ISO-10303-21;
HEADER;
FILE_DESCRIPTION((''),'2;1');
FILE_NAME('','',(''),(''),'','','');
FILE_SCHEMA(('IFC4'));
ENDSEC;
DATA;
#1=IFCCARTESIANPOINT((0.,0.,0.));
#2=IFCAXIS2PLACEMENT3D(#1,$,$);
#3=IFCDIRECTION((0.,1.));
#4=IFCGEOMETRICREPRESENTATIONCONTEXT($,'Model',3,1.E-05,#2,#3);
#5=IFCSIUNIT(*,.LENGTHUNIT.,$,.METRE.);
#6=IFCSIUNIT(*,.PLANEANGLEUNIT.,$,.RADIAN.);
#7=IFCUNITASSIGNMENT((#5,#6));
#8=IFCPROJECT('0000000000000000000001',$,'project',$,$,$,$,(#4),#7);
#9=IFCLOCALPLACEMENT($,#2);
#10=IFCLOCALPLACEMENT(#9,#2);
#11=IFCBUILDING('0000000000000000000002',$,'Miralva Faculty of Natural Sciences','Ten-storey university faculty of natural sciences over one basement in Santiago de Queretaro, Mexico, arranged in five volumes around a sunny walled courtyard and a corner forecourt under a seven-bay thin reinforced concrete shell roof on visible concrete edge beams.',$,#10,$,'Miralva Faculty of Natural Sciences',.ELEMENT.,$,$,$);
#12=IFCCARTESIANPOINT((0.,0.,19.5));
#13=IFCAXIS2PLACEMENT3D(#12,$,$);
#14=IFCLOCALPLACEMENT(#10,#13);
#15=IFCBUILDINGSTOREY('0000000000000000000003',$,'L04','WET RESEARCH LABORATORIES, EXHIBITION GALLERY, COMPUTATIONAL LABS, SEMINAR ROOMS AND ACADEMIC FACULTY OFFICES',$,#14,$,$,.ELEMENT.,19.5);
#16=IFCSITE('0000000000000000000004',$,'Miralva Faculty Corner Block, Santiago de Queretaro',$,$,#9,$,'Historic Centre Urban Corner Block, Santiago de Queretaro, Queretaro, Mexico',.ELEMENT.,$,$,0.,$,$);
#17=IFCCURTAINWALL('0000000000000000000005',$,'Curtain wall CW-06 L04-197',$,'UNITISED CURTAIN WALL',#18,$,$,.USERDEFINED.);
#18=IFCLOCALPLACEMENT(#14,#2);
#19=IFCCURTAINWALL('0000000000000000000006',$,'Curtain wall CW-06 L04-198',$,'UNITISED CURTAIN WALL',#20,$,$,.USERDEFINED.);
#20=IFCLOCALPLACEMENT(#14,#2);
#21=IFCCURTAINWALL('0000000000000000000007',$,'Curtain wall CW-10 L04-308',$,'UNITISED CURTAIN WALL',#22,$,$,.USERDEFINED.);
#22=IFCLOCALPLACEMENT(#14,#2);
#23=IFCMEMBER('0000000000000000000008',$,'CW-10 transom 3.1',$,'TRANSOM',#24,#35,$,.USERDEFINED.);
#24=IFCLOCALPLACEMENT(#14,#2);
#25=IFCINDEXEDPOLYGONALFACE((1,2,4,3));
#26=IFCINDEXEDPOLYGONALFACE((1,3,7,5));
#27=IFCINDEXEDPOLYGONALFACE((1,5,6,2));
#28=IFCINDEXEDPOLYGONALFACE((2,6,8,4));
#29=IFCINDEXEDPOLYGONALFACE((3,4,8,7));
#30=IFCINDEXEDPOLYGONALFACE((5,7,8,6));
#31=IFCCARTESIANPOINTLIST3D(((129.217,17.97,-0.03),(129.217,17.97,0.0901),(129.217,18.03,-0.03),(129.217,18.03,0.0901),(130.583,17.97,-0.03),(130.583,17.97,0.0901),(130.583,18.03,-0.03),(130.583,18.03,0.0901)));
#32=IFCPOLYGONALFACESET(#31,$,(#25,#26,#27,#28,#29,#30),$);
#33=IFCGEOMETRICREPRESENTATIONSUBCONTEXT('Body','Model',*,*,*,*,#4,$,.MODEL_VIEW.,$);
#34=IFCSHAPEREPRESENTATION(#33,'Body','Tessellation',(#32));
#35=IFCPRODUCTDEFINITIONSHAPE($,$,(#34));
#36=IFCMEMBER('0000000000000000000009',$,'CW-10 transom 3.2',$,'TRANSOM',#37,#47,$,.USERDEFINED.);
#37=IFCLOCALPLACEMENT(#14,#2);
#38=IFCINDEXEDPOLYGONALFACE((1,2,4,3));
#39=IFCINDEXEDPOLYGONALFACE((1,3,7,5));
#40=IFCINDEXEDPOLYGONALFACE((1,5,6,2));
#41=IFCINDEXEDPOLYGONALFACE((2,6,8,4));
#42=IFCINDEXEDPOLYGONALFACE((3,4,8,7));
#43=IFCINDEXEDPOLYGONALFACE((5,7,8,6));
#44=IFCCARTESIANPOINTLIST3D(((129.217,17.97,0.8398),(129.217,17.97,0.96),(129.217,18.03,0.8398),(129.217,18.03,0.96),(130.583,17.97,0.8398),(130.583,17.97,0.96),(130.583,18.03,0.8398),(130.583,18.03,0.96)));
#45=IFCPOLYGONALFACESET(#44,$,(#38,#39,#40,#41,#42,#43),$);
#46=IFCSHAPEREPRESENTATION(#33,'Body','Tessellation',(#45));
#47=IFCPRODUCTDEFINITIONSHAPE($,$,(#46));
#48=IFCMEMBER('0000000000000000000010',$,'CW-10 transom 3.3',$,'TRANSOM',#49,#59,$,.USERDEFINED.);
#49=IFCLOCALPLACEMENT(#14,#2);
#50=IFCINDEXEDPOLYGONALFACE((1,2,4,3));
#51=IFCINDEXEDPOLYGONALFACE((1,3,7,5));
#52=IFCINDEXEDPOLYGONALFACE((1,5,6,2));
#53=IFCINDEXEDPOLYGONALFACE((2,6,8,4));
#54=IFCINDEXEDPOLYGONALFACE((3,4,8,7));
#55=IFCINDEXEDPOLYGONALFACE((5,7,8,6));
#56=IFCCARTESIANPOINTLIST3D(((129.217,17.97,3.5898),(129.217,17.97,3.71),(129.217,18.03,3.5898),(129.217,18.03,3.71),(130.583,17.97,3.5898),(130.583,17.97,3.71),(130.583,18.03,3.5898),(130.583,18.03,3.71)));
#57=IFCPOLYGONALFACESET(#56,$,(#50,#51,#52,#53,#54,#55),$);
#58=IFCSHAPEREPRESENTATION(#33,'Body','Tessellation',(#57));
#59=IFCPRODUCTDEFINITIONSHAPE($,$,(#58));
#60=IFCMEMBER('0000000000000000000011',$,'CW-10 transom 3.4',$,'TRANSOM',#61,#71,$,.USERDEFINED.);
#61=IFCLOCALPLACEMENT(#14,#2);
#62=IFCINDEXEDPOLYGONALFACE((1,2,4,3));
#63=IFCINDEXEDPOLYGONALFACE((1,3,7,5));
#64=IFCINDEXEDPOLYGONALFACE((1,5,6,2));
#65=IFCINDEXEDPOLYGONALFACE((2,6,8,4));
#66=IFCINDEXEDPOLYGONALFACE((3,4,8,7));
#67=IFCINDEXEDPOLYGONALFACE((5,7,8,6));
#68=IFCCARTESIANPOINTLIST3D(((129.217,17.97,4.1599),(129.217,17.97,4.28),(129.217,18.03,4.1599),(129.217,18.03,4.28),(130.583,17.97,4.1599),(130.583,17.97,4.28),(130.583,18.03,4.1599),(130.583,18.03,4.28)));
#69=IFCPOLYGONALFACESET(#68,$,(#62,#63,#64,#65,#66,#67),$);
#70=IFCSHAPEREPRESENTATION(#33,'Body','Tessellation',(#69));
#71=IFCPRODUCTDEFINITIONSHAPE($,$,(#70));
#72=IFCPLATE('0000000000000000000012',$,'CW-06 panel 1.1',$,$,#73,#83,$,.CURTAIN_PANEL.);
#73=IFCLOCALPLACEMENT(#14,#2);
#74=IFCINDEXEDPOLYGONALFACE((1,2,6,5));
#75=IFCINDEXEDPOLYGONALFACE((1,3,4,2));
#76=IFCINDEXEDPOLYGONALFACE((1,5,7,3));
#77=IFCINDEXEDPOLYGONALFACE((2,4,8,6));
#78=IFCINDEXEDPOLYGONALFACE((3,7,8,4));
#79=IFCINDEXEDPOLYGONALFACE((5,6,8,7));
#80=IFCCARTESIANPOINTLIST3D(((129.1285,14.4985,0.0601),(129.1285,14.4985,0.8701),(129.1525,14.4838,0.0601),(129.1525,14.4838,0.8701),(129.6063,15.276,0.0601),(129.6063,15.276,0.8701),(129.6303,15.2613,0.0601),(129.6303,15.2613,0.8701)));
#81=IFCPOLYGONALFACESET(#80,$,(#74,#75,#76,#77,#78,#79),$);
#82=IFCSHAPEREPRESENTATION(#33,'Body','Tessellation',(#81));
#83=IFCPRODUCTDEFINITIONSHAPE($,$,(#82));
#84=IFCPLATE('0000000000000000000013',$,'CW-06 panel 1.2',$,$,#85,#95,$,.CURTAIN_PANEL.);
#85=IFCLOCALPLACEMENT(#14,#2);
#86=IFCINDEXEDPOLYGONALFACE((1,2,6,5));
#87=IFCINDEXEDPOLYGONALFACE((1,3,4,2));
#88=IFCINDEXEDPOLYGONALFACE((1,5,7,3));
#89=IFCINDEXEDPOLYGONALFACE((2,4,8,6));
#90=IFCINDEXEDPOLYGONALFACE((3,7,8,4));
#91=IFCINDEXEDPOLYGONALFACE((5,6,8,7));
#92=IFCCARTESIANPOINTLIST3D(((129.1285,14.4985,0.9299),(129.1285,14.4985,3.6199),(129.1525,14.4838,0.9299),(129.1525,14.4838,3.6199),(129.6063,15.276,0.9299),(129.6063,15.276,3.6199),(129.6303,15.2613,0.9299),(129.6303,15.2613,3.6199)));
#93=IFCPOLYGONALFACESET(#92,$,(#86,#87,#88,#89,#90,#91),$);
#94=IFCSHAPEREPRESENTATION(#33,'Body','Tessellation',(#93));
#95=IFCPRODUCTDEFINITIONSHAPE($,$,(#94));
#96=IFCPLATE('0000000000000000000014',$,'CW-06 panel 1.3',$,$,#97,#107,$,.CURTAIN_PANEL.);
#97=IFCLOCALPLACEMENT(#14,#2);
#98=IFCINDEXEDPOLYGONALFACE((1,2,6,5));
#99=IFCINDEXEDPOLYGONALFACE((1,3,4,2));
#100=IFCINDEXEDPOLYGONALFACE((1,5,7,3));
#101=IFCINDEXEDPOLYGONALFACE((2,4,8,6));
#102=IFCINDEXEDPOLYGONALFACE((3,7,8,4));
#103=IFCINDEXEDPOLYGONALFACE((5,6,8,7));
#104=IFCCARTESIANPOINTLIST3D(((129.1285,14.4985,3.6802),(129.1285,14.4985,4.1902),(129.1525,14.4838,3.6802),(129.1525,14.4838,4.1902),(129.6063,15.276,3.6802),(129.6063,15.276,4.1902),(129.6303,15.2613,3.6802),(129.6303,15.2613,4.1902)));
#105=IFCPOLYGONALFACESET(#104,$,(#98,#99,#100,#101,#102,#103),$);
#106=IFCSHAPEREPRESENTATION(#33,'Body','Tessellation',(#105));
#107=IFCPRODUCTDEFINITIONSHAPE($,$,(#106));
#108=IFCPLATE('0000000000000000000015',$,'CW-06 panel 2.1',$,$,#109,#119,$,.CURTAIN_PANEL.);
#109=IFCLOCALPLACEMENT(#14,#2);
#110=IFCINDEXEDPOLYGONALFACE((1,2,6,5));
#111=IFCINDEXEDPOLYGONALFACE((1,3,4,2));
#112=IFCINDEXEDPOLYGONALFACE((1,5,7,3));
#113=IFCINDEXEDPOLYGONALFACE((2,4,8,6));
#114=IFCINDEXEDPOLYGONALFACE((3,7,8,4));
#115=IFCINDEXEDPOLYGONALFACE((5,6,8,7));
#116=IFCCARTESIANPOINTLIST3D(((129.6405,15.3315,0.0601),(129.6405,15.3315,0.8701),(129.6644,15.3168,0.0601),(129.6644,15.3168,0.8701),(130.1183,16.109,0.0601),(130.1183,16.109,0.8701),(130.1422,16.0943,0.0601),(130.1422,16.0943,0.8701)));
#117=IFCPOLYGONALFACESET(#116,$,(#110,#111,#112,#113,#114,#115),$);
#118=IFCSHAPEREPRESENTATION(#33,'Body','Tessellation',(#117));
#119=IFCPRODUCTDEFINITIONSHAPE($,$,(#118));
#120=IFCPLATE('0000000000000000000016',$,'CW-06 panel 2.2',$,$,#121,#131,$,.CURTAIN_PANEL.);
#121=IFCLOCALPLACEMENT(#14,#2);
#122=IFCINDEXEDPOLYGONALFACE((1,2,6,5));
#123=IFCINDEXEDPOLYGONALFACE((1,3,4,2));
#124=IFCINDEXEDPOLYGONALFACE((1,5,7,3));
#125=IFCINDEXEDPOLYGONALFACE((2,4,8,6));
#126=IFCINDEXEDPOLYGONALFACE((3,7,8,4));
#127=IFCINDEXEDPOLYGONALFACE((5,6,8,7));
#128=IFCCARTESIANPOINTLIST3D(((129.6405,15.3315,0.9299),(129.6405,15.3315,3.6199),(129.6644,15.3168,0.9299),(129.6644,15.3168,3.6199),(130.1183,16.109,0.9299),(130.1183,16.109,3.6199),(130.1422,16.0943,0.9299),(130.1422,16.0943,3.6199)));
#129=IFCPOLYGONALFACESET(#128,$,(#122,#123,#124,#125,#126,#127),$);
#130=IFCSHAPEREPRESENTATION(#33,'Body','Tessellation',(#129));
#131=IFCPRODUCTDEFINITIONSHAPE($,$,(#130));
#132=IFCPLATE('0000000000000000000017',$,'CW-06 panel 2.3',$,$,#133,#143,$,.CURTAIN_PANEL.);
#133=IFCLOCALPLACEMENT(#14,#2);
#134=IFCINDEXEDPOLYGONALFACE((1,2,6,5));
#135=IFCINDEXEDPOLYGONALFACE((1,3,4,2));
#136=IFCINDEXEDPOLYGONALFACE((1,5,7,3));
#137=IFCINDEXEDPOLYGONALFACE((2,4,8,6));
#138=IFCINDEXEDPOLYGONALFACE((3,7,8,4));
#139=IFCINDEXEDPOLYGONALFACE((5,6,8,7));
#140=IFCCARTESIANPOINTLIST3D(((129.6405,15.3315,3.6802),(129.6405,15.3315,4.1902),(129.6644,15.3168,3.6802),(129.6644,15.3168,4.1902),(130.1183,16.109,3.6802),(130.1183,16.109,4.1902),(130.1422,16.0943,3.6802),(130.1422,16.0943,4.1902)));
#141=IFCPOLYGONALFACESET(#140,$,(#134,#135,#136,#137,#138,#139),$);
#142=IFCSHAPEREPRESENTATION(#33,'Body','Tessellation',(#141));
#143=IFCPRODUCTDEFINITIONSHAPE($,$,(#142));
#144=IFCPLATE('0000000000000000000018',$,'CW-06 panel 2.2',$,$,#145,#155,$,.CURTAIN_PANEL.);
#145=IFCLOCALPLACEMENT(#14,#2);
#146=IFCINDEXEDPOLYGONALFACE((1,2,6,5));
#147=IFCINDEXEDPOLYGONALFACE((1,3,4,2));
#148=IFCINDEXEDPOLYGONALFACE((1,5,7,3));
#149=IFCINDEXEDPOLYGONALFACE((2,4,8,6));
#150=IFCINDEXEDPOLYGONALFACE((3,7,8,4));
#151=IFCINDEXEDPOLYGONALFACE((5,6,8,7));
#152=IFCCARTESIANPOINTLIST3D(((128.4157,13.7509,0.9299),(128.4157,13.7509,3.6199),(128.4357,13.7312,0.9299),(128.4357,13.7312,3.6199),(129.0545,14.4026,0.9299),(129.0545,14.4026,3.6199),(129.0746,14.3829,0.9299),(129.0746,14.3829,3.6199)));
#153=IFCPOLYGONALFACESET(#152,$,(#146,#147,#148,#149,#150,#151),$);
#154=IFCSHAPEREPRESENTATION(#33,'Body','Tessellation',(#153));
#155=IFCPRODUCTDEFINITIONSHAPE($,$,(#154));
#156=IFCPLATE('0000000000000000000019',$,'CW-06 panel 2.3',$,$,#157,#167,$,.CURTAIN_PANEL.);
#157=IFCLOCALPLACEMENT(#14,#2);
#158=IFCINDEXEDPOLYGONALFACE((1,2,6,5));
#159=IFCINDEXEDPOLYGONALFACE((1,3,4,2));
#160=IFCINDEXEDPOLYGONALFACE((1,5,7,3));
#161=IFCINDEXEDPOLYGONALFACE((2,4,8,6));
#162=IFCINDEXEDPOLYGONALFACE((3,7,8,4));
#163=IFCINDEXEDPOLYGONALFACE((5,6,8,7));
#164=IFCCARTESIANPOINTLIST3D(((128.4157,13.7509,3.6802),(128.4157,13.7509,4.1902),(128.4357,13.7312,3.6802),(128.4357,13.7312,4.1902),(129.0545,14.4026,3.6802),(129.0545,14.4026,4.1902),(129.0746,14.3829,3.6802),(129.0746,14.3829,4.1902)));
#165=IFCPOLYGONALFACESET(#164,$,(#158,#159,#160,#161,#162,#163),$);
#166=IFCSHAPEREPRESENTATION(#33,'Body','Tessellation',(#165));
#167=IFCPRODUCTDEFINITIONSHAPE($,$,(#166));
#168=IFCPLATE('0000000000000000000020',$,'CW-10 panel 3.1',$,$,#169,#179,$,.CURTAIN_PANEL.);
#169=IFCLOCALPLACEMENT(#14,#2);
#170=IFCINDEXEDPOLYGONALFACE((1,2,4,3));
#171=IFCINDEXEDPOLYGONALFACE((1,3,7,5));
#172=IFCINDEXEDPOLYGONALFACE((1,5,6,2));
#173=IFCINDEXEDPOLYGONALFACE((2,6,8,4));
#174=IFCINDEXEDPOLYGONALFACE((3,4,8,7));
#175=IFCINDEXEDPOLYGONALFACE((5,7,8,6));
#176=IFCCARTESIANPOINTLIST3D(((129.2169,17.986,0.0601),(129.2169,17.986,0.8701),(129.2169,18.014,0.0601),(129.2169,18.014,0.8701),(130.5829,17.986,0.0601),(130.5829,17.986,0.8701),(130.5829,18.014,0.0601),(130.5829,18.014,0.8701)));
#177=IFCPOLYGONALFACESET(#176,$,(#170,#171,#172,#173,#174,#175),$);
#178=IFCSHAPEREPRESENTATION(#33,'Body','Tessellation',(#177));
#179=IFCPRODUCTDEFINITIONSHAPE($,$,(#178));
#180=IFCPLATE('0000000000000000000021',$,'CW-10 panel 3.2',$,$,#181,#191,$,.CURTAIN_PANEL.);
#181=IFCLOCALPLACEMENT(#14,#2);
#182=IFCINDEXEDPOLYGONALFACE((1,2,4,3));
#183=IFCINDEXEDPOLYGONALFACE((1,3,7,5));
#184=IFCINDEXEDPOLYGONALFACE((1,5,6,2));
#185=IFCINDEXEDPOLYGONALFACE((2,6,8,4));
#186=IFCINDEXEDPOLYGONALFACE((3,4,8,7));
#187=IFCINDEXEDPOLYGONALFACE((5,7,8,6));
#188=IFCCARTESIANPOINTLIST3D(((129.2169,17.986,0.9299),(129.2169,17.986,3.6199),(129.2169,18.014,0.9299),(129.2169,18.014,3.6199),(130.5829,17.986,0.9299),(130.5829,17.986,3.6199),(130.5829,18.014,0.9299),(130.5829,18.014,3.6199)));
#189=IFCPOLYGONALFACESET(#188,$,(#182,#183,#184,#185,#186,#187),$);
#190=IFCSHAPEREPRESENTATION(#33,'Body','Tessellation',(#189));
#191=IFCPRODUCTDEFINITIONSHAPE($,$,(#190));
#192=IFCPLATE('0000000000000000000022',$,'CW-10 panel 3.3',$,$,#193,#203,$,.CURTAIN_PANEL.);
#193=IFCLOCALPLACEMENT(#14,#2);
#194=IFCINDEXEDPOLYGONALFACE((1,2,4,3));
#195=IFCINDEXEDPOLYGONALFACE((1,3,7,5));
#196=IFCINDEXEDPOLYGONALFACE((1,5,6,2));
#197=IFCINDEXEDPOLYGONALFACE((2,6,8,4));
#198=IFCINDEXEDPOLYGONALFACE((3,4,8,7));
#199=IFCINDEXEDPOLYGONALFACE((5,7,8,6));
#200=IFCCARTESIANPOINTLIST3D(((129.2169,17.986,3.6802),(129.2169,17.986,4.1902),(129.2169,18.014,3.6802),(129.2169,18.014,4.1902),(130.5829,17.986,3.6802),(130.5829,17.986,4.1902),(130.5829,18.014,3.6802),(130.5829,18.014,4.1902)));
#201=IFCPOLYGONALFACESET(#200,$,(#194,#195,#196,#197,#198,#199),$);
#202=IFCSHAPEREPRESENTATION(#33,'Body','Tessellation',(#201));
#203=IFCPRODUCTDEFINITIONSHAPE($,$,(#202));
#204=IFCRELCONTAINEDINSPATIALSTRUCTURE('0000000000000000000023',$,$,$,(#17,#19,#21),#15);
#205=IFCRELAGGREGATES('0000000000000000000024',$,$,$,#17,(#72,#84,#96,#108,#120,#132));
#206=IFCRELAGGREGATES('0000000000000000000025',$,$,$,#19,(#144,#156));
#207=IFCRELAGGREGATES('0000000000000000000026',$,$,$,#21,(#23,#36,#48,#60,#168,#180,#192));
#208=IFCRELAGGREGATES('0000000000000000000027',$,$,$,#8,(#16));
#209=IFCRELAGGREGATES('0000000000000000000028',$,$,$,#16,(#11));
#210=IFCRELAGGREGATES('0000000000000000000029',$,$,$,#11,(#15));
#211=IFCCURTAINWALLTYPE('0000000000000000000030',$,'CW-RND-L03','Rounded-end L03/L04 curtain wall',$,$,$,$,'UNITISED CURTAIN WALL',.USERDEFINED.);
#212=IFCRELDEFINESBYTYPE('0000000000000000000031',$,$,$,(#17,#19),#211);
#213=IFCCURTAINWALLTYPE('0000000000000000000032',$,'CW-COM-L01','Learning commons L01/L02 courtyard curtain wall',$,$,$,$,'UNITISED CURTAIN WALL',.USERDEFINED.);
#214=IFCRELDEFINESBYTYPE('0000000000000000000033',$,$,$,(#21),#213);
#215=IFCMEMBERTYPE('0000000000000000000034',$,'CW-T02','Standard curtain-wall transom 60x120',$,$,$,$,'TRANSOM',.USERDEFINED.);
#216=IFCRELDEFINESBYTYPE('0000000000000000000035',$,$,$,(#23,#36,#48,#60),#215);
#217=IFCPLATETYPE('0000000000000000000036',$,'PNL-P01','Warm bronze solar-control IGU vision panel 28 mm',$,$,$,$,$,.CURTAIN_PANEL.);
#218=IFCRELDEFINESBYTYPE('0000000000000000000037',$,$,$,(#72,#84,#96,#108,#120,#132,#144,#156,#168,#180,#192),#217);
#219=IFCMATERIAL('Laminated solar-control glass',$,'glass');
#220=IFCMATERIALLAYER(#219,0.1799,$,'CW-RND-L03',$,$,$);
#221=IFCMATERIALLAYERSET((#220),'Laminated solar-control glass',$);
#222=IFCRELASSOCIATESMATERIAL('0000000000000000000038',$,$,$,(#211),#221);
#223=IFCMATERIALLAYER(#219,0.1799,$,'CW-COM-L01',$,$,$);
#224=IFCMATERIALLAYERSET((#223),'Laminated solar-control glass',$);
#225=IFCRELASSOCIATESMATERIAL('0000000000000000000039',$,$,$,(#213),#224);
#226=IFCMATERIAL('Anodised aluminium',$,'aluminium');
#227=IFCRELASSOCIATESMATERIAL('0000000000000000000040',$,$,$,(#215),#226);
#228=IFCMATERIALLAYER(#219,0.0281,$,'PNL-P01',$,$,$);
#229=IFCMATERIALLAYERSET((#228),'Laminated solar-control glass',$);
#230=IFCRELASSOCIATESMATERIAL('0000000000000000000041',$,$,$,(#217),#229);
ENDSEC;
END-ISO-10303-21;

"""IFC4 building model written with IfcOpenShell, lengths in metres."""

from ifc_helpers import new_model, si_unit, direction, frame, origin, origin_2d, place, context, subcontext, project, spatial, rectangle, extrude, material, layer, layer_set, material_profile, profile_set, type_object, element, aggregate, save


model = new_model("IFC4")

# Units and contexts
model_context = context("Model", 3, precision=1e-05, world=origin(), true_north=direction((0.0, 1.0)))
body_context = subcontext(model_context, "Body", "Model", "MODEL_VIEW")
ifc_project = project(units=[si_unit("LENGTHUNIT", "METRE"), si_unit("PLANEANGLEUNIT", "RADIAN")], contexts=[model_context])

# Site, building, storey
site_placement = place(None, origin())
site = spatial("IfcSite", under=ifc_project, at=site_placement, Name="Miralva Faculty Corner Block, Santiago de Queretaro", LongName="Historic Centre Urban Corner Block, Santiago de Queretaro, Queretaro, Mexico", CompositionType="ELEMENT", RefElevation=0.0)
building_placement = place(site_placement, origin())
building = spatial("IfcBuilding", under=site, at=building_placement, Name="Miralva Faculty of Natural Sciences", Description="Ten-storey university faculty of natural sciences over one basement in Santiago de Queretaro, Mexico, arranged in five volumes around a sunny walled courtyard and a corner forecourt under a seven-bay thin reinforced concrete shell roof on visible concrete edge beams.", LongName="Miralva Faculty of Natural Sciences", CompositionType="ELEMENT")
storey_placement = place(building_placement, frame((0.0, 0.0, 19.5)))
storey = spatial("IfcBuildingStorey", under=building, at=storey_placement, Name="L04", Description="WET RESEARCH LABORATORIES, EXHIBITION GALLERY, COMPUTATIONAL LABS, SEMINAR ROOMS AND ACADEMIC FACULTY OFFICES", CompositionType="ELEMENT", Elevation=19.5)

# Curtain wall
ifc_material_1 = material(Name="Laminated solar-control glass", Category="glass")
ifc_layer_1 = layer(ifc_material_1, 0.1799, Name="CW-RND-L03")
ifc_layer_set_1 = layer_set([ifc_layer_1], Name="Laminated solar-control glass")
curtain_wall_type_1 = type_object("IfcCurtainWallType", Name="CW-RND-L03", Description="Rounded-end L03/L04 curtain wall", ElementType="UNITISED CURTAIN WALL", PredefinedType="USERDEFINED", material=ifc_layer_set_1)
curtain_wall_1_placement = place(storey_placement, origin())
curtain_wall_1 = element("IfcCurtainWall", 1, at=curtain_wall_1_placement, inside=storey, type_object=curtain_wall_type_1, Name="Curtain wall CW-06 L04-197", ObjectType="UNITISED CURTAIN WALL", PredefinedType="USERDEFINED")
ifc_material_2 = material(Name="Anodised aluminium", Category="aluminium")

# Curtain walls
curtain_wall_2_placement = place(storey_placement, origin())
curtain_wall_2 = element("IfcCurtainWall", 2, at=curtain_wall_2_placement, inside=storey, type_object=curtain_wall_type_1, Name="Curtain wall CW-06 L04-198", ObjectType="UNITISED CURTAIN WALL", PredefinedType="USERDEFINED")
ifc_layer_2 = layer(ifc_material_1, 0.1799, Name="CW-COM-L01")
ifc_layer_set_2 = layer_set([ifc_layer_2], Name="Laminated solar-control glass")
curtain_wall_type_2 = type_object("IfcCurtainWallType", Name="CW-COM-L01", Description="Learning commons L01/L02 courtyard curtain wall", ElementType="UNITISED CURTAIN WALL", PredefinedType="USERDEFINED", material=ifc_layer_set_2)
curtain_wall_3_placement = place(storey_placement, origin())
curtain_wall_3 = element("IfcCurtainWall", 3, at=curtain_wall_3_placement, inside=storey, type_object=curtain_wall_type_2, Name="Curtain wall CW-10 L04-308", ObjectType="UNITISED CURTAIN WALL", PredefinedType="USERDEFINED")

# Members
ifc_material_profile_1 = material_profile(ifc_material_2, rectangle(XDim=0.0601, YDim=0.1201, at=origin_2d()), Name="TRANSOM 60x120")
ifc_profile_set_1 = profile_set([ifc_material_profile_1], Name="Anodised aluminium")
member_type_1 = type_object("IfcMemberType", Name="CW-T02", Description="Standard curtain-wall transom 60x120", ElementType="TRANSOM", PredefinedType="USERDEFINED", material=ifc_profile_set_1)
member_1_placement = place(storey_placement, frame((129.217, 18.0, 0.03), z_axis=(1.0, 0.0, 0.0), x_axis=(0.0, 1.0, 0.0)))
member_1 = element("IfcMember", 4, at=member_1_placement, type_object=member_type_1, Name="CW-10 transom 3.1", ObjectType="TRANSOM", PredefinedType="USERDEFINED", context=body_context, shape_type="SweptSolid", body=[
    extrude(rectangle(XDim=0.0601, YDim=0.1201, at=origin_2d()), origin(), (0.0, 0.0, 1.0), 1.366),
])
member_2_placement = place(storey_placement, frame((129.217, 18.0, 0.8999), z_axis=(1.0, 0.0, 0.0), x_axis=(0.0, 1.0, 0.0)))
member_2 = element("IfcMember", 5, at=member_2_placement, type_object=member_type_1, Name="CW-10 transom 3.2", ObjectType="TRANSOM", PredefinedType="USERDEFINED", context=body_context, shape_type="SweptSolid", body=[
    extrude(rectangle(XDim=0.0601, YDim=0.1201, at=origin_2d()), origin(), (0.0, 0.0, 1.0), 1.366),
])
member_3_placement = place(storey_placement, frame((129.217, 18.0, 3.6499), z_axis=(1.0, 0.0, 0.0), x_axis=(0.0, 1.0, 0.0)))
member_3 = element("IfcMember", 6, at=member_3_placement, type_object=member_type_1, Name="CW-10 transom 3.3", ObjectType="TRANSOM", PredefinedType="USERDEFINED", context=body_context, shape_type="SweptSolid", body=[
    extrude(rectangle(XDim=0.0601, YDim=0.1201, at=origin_2d()), origin(), (0.0, 0.0, 1.0), 1.366),
])
member_4_placement = place(storey_placement, frame((129.217, 18.0, 4.22), z_axis=(1.0, 0.0, 0.0), x_axis=(0.0, 1.0, 0.0)))
member_4 = element("IfcMember", 7, at=member_4_placement, type_object=member_type_1, Name="CW-10 transom 3.4", ObjectType="TRANSOM", PredefinedType="USERDEFINED", context=body_context, shape_type="SweptSolid", body=[
    extrude(rectangle(XDim=0.0601, YDim=0.1201, at=origin_2d()), origin(), (0.0, 0.0, 1.0), 1.366),
])

# Plates
ifc_layer_3 = layer(ifc_material_1, 0.0281, Name="PNL-P01")
ifc_layer_set_3 = layer_set([ifc_layer_3], Name="Laminated solar-control glass")
plate_type = type_object("IfcPlateType", Name="PNL-P01", Description="Warm bronze solar-control IGU vision panel 28 mm", PredefinedType="CURTAIN_PANEL", material=ifc_layer_set_3)
plate_1_placement = place(storey_placement, frame((129.3794, 14.8799, 0.0601), z_axis=(0.0, 0.0, 1.0), x_axis=(0.523551, 0.851995, 0.0)))
plate_1 = element("IfcPlate", 8, at=plate_1_placement, type_object=plate_type, Name="CW-06 panel 1.1", PredefinedType="CURTAIN_PANEL", context=body_context, shape_type="SweptSolid", body=[
    extrude(rectangle(XDim=0.9126, YDim=0.0281, at=origin_2d()), origin(), (0.0, 0.0, 1.0), 0.8101),
])
plate_2_placement = place(storey_placement, frame((129.3794, 14.8799, 0.9299), z_axis=(0.0, 0.0, 1.0), x_axis=(0.523551, 0.851995, 0.0)))
plate_2 = element("IfcPlate", 9, at=plate_2_placement, type_object=plate_type, Name="CW-06 panel 1.2", PredefinedType="CURTAIN_PANEL", context=body_context, shape_type="SweptSolid", body=[
    extrude(rectangle(XDim=0.9126, YDim=0.0281, at=origin_2d()), origin(), (0.0, 0.0, 1.0), 2.6899),
])
plate_3_placement = place(storey_placement, frame((129.3794, 14.8799, 3.6802), z_axis=(0.0, 0.0, 1.0), x_axis=(0.523551, 0.851995, 0.0)))
plate_3 = element("IfcPlate", 10, at=plate_3_placement, type_object=plate_type, Name="CW-06 panel 1.3", PredefinedType="CURTAIN_PANEL", context=body_context, shape_type="SweptSolid", body=[
    extrude(rectangle(XDim=0.9126, YDim=0.0281, at=origin_2d()), origin(), (0.0, 0.0, 1.0), 0.51),
])
plate_4_placement = place(storey_placement, frame((129.8914, 15.7129, 0.0601), z_axis=(0.0, 0.0, 1.0), x_axis=(0.523551, 0.851995, 0.0)))
plate_4 = element("IfcPlate", 11, at=plate_4_placement, type_object=plate_type, Name="CW-06 panel 2.1", PredefinedType="CURTAIN_PANEL", context=body_context, shape_type="SweptSolid", body=[
    extrude(rectangle(XDim=0.9126, YDim=0.0281, at=origin_2d()), origin(), (0.0, 0.0, 1.0), 0.8101),
])
plate_5_placement = place(storey_placement, frame((129.8914, 15.7129, 0.9299), z_axis=(0.0, 0.0, 1.0), x_axis=(0.523551, 0.851995, 0.0)))
plate_5 = element("IfcPlate", 12, at=plate_5_placement, type_object=plate_type, Name="CW-06 panel 2.2", PredefinedType="CURTAIN_PANEL", context=body_context, shape_type="SweptSolid", body=[
    extrude(rectangle(XDim=0.9126, YDim=0.0281, at=origin_2d()), origin(), (0.0, 0.0, 1.0), 2.6899),
])
plate_6_placement = place(storey_placement, frame((129.8914, 15.7129, 3.6802), z_axis=(0.0, 0.0, 1.0), x_axis=(0.523551, 0.851995, 0.0)))
plate_6 = element("IfcPlate", 13, at=plate_6_placement, type_object=plate_type, Name="CW-06 panel 2.3", PredefinedType="CURTAIN_PANEL", context=body_context, shape_type="SweptSolid", body=[
    extrude(rectangle(XDim=0.9126, YDim=0.0281, at=origin_2d()), origin(), (0.0, 0.0, 1.0), 0.51),
])
aggregate(curtain_wall_1, [plate_1, plate_2, plate_3, plate_4, plate_5, plate_6])
plate_7_placement = place(storey_placement, frame((128.7451, 14.0669, 0.9299), z_axis=(0.0, 0.0, 1.0), x_axis=(0.700018, 0.714125, 0.0)))
plate_7 = element("IfcPlate", 14, at=plate_7_placement, type_object=plate_type, Name="CW-06 panel 2.2", PredefinedType="CURTAIN_PANEL", context=body_context, shape_type="SweptSolid", body=[
    extrude(rectangle(XDim=0.9126, YDim=0.0281, at=origin_2d()), origin(), (0.0, 0.0, 1.0), 2.6899),
])
plate_8_placement = place(storey_placement, frame((128.7451, 14.0669, 3.6802), z_axis=(0.0, 0.0, 1.0), x_axis=(0.700018, 0.714125, 0.0)))
plate_8 = element("IfcPlate", 15, at=plate_8_placement, type_object=plate_type, Name="CW-06 panel 2.3", PredefinedType="CURTAIN_PANEL", context=body_context, shape_type="SweptSolid", body=[
    extrude(rectangle(XDim=0.9126, YDim=0.0281, at=origin_2d()), origin(), (0.0, 0.0, 1.0), 0.51),
])
aggregate(curtain_wall_2, [plate_7, plate_8])
plate_9_placement = place(storey_placement, frame((129.8999, 18.0, 0.0601), z_axis=(0.0, 0.0, 1.0), x_axis=(1.0, 0.0, 0.0)))
plate_9 = element("IfcPlate", 16, at=plate_9_placement, type_object=plate_type, Name="CW-10 panel 3.1", PredefinedType="CURTAIN_PANEL", context=body_context, shape_type="SweptSolid", body=[
    extrude(rectangle(XDim=1.366, YDim=0.0281, at=origin_2d()), origin(), (0.0, 0.0, 1.0), 0.8101),
])
plate_10_placement = place(storey_placement, frame((129.8999, 18.0, 0.9299), z_axis=(0.0, 0.0, 1.0), x_axis=(1.0, 0.0, 0.0)))
plate_10 = element("IfcPlate", 17, at=plate_10_placement, type_object=plate_type, Name="CW-10 panel 3.2", PredefinedType="CURTAIN_PANEL", context=body_context, shape_type="SweptSolid", body=[
    extrude(rectangle(XDim=1.366, YDim=0.0281, at=origin_2d()), origin(), (0.0, 0.0, 1.0), 2.6899),
])
plate_11_placement = place(storey_placement, frame((129.8999, 18.0, 3.6802), z_axis=(0.0, 0.0, 1.0), x_axis=(1.0, 0.0, 0.0)))
plate_11 = element("IfcPlate", 18, at=plate_11_placement, type_object=plate_type, Name="CW-10 panel 3.3", PredefinedType="CURTAIN_PANEL", context=body_context, shape_type="SweptSolid", body=[
    extrude(rectangle(XDim=1.366, YDim=0.0281, at=origin_2d()), origin(), (0.0, 0.0, 1.0), 0.51),
])
aggregate(curtain_wall_3, [member_1, member_2, member_3, member_4, plate_9, plate_10, plate_11])

save(model, "model.ifc")
